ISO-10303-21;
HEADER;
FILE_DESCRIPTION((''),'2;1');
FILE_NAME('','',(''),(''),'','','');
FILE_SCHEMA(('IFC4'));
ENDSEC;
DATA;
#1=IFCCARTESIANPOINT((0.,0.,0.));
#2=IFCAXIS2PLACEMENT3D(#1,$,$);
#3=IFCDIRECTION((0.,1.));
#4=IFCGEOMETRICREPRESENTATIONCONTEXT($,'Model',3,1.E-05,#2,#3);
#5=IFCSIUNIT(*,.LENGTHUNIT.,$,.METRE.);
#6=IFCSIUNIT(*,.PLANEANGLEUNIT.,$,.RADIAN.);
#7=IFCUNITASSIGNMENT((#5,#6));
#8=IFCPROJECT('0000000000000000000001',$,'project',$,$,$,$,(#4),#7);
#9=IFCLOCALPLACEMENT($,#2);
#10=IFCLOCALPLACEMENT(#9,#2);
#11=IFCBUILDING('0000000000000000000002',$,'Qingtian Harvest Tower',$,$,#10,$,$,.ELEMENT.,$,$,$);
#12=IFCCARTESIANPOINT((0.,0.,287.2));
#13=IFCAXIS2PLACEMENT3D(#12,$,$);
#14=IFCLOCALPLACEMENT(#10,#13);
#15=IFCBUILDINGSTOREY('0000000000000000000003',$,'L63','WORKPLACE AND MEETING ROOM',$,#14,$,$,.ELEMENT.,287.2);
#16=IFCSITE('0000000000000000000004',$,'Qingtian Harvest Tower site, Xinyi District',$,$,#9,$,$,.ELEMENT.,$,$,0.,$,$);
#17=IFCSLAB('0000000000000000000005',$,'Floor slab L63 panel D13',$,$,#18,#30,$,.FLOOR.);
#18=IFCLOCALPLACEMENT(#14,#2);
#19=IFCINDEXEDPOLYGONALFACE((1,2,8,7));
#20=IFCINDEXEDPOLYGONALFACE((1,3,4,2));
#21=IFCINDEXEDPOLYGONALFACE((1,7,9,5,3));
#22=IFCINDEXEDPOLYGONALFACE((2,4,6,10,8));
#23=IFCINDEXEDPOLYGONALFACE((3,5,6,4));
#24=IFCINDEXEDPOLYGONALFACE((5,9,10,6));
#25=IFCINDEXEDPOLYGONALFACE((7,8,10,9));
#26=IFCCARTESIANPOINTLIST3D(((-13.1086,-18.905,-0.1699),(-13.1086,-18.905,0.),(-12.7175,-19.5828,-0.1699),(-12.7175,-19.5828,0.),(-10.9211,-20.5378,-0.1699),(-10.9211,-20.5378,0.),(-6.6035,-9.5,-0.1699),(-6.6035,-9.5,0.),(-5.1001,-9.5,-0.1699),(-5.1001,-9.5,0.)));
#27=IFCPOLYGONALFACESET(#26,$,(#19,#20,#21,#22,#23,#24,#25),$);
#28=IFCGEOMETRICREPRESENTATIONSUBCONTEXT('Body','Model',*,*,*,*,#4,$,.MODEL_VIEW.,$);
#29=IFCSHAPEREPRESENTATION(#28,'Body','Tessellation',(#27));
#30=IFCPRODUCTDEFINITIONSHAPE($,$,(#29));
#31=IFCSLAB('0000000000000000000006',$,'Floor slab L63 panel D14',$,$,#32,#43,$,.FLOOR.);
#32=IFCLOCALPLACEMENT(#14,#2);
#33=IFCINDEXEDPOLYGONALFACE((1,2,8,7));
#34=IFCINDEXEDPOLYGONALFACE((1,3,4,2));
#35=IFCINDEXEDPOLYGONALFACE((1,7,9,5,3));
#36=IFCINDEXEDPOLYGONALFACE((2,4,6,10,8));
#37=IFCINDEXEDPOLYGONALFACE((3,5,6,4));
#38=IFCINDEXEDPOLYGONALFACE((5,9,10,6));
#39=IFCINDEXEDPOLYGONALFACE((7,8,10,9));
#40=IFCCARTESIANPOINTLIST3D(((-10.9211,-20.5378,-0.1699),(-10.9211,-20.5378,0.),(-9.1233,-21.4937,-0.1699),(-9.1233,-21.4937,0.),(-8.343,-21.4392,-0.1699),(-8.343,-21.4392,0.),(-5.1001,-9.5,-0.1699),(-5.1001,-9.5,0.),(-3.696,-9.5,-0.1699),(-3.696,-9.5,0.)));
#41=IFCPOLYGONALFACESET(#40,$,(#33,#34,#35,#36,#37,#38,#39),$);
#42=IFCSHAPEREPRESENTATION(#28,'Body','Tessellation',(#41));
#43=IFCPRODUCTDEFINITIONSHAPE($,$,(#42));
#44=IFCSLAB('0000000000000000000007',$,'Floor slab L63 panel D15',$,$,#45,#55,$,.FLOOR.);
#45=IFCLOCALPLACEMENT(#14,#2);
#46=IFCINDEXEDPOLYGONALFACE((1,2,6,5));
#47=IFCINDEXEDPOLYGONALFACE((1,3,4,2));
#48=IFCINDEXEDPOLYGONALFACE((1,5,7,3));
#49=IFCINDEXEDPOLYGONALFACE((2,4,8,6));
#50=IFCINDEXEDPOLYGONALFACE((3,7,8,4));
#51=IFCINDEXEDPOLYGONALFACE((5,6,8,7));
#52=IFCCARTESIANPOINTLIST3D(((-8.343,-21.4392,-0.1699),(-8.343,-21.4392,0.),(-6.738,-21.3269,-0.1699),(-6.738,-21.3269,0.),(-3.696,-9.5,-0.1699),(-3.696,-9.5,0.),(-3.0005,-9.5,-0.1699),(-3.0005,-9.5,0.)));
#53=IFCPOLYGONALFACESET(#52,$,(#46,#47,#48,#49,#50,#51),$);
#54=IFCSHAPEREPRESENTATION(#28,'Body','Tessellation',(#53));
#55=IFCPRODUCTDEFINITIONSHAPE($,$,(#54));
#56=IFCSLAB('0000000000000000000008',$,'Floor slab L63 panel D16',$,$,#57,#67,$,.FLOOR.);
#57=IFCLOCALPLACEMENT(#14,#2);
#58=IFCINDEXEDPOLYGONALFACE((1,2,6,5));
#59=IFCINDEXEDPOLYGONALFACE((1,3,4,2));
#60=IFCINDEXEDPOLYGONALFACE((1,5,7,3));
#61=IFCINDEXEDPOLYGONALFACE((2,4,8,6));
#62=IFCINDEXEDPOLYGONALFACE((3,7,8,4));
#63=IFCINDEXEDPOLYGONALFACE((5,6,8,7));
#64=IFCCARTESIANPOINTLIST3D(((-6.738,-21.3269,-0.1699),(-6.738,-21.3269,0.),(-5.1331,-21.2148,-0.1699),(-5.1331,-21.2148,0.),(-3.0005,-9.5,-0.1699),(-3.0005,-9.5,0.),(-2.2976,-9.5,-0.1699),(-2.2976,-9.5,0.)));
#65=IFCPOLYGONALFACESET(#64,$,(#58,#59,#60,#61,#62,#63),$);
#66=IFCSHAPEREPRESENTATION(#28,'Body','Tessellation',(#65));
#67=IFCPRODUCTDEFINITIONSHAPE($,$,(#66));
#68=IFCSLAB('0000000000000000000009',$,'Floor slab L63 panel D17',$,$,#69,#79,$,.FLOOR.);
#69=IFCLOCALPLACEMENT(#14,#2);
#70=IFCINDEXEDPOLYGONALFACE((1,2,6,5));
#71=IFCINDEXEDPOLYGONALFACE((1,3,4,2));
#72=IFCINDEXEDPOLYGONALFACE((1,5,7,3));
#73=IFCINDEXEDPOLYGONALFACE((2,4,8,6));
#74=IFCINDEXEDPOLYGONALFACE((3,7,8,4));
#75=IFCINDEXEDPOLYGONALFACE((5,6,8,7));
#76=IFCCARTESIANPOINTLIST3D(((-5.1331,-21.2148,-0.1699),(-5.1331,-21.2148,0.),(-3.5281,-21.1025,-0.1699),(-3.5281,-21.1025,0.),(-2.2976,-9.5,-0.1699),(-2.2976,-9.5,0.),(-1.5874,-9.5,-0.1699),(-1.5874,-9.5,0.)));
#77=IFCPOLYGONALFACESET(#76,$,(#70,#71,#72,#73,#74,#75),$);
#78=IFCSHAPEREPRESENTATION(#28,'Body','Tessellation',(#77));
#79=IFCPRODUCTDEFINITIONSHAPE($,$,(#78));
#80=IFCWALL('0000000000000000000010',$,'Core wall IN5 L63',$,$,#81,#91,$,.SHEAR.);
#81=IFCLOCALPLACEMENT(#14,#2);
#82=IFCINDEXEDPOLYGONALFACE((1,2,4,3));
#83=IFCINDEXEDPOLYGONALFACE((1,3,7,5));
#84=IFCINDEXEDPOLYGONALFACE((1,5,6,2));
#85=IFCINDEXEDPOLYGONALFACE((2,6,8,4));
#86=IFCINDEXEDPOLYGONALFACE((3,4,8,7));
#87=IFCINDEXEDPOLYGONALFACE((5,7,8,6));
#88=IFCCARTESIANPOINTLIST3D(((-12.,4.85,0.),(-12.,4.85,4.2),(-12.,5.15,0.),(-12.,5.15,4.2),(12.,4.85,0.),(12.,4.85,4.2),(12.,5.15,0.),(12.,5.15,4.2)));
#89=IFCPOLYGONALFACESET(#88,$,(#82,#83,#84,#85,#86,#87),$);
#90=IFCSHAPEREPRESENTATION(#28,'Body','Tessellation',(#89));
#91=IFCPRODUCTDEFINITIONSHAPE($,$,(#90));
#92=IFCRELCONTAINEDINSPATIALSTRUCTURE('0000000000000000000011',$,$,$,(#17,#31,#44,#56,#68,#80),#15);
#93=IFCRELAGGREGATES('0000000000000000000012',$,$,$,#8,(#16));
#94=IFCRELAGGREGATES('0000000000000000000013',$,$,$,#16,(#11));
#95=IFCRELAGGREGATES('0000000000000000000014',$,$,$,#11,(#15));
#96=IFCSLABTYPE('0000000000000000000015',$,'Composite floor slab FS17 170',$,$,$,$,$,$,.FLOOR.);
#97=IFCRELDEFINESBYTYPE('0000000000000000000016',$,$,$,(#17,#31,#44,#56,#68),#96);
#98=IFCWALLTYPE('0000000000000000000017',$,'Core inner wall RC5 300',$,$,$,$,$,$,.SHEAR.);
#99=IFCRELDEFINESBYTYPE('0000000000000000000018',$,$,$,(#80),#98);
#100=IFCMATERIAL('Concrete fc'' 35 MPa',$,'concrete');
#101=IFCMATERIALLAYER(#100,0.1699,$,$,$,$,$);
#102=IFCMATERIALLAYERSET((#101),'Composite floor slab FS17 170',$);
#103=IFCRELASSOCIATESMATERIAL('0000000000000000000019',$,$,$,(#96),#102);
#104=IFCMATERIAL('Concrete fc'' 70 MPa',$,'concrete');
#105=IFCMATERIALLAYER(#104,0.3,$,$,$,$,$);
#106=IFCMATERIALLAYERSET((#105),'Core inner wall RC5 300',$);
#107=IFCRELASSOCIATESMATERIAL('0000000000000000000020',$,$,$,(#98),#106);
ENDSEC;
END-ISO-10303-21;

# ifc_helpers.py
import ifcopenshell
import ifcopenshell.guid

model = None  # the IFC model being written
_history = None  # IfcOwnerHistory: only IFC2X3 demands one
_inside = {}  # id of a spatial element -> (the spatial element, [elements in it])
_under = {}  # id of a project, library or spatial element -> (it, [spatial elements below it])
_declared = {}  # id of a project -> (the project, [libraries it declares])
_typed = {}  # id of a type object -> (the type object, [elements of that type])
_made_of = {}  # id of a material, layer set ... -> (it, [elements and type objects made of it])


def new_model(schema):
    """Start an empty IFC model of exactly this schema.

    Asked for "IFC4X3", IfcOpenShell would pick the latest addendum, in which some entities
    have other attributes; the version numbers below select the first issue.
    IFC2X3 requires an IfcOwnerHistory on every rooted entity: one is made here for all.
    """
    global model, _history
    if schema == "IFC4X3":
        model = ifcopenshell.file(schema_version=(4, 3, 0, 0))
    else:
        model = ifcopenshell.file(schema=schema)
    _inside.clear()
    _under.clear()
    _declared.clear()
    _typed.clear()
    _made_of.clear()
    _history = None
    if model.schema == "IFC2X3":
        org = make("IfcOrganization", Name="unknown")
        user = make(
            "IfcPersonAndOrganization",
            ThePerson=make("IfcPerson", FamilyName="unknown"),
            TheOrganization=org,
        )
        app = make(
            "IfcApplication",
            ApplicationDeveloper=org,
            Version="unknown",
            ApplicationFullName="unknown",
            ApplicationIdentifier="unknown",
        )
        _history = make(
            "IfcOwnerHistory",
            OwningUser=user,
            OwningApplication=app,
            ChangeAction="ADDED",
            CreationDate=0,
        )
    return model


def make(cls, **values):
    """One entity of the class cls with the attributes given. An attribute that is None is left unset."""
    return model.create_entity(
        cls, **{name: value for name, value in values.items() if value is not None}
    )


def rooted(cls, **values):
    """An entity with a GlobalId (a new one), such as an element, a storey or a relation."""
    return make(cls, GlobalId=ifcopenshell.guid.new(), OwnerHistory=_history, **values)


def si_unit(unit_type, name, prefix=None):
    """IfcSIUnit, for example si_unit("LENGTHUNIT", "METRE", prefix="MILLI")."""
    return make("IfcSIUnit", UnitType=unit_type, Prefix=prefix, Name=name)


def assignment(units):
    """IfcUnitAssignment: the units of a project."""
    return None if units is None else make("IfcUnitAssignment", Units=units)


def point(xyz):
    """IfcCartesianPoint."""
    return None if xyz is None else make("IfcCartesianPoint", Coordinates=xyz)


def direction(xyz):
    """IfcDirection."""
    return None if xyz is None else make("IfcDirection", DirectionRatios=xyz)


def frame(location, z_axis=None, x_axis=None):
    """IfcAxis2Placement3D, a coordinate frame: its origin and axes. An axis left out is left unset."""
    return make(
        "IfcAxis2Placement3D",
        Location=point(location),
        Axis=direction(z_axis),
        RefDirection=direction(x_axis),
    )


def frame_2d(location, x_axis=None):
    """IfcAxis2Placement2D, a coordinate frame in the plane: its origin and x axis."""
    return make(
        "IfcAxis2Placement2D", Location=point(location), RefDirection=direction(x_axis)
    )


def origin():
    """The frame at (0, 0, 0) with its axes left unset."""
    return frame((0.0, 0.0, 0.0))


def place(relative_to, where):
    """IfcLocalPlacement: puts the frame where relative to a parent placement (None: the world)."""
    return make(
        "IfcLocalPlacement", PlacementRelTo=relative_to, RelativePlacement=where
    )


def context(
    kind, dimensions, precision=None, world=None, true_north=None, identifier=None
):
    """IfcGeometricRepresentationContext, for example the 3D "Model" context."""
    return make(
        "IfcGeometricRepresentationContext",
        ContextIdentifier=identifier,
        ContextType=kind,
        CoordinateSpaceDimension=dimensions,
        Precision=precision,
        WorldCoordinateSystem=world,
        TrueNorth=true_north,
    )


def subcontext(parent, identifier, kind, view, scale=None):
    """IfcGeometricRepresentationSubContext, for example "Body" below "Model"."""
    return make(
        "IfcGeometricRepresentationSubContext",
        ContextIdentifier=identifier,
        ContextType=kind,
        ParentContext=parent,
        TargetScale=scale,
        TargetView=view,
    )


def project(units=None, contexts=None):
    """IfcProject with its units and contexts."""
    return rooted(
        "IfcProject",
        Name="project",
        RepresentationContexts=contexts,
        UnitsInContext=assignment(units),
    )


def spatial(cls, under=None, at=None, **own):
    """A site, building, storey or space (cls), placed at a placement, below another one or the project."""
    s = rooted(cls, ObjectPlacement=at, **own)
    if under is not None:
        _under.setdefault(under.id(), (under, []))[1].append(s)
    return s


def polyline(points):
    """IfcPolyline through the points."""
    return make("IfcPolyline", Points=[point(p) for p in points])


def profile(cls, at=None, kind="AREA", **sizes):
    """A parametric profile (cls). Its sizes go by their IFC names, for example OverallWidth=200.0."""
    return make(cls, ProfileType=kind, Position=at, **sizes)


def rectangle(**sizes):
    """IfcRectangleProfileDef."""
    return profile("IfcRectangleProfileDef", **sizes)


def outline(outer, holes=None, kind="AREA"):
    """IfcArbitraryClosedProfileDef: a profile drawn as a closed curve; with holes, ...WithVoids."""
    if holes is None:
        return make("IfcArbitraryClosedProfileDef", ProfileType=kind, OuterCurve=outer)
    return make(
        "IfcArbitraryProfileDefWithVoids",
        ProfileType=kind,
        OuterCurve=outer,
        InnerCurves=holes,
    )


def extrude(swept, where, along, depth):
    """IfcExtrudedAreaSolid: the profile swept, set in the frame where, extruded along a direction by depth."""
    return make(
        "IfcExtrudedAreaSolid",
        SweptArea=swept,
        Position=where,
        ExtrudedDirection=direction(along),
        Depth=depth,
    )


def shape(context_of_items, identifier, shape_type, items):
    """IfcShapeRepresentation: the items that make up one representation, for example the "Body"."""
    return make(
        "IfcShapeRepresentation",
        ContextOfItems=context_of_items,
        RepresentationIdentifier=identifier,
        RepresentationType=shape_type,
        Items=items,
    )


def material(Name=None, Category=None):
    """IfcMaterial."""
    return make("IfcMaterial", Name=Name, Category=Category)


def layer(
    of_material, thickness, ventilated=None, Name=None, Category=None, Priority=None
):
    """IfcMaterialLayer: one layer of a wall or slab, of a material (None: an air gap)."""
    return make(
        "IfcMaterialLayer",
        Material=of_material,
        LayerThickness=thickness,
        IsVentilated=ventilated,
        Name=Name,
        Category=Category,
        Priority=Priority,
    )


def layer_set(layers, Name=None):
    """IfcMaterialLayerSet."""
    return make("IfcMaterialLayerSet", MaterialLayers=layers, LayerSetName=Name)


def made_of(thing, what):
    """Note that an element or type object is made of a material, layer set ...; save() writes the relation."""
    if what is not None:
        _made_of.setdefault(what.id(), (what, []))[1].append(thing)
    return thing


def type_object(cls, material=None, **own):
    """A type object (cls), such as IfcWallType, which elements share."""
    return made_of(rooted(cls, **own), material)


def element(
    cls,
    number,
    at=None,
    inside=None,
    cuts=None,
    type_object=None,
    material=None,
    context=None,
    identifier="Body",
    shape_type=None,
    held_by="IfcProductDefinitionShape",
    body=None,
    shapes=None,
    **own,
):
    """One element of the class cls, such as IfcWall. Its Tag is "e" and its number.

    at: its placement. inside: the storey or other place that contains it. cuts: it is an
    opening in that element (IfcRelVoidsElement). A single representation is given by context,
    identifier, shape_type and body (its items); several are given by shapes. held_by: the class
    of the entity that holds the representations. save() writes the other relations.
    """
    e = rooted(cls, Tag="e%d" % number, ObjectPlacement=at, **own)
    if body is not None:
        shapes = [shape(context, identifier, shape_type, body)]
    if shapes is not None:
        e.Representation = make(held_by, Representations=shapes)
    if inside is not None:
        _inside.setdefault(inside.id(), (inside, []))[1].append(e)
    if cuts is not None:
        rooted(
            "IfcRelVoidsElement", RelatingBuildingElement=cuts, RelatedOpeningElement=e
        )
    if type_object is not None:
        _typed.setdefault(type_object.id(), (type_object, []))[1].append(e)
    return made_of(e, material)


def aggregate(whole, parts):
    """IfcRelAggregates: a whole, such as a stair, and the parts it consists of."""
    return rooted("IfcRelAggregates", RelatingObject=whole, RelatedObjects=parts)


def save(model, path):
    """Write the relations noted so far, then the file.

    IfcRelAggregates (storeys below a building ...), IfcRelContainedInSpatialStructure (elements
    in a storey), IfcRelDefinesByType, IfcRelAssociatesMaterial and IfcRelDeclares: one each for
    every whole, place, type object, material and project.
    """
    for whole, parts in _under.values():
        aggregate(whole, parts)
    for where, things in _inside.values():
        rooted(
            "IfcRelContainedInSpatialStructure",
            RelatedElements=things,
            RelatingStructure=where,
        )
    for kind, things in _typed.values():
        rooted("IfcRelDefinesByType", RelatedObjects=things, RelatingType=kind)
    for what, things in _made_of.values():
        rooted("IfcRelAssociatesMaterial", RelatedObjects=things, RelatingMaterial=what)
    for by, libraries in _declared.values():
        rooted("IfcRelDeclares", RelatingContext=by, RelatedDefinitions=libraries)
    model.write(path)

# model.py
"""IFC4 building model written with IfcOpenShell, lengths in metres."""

from ifc_helpers import new_model, si_unit, direction, frame, frame_2d, origin, place, context, subcontext, project, spatial, polyline, rectangle, outline, extrude, material, layer, layer_set, type_object, element, save


model = new_model("IFC4")

# Units and contexts
model_context = context("Model", 3, precision=1e-05, world=origin(), true_north=direction((0.0, 1.0)))
body_context = subcontext(model_context, "Body", "Model", "MODEL_VIEW")
ifc_project = project(units=[si_unit("LENGTHUNIT", "METRE"), si_unit("PLANEANGLEUNIT", "RADIAN")], contexts=[model_context])

# Site, building, storey
site_placement = place(None, origin())
site = spatial("IfcSite", under=ifc_project, at=site_placement, Name="Qingtian Harvest Tower site, Xinyi District", CompositionType="ELEMENT", RefElevation=0.0)
building_placement = place(site_placement, origin())
building = spatial("IfcBuilding", under=site, at=building_placement, Name="Qingtian Harvest Tower", CompositionType="ELEMENT")
storey_placement = place(building_placement, frame((0.0, 0.0, 287.2)))
storey = spatial("IfcBuildingStorey", under=building, at=storey_placement, Name="L63", Description="WORKPLACE AND MEETING ROOM", CompositionType="ELEMENT", Elevation=287.2)

# Slabs
ifc_material_1 = material(Name="Concrete fc' 35 MPa", Category="concrete")
ifc_layer_1 = layer(ifc_material_1, 0.1699)
ifc_layer_set_1 = layer_set([ifc_layer_1], Name="Composite floor slab FS17 170")
slab_type = type_object("IfcSlabType", Name="Composite floor slab FS17 170", PredefinedType="FLOOR", material=ifc_layer_set_1)
slab_1_placement = place(storey_placement, frame((0.0, 0.0, -0.1699)))
element("IfcSlab", 1, at=slab_1_placement, inside=storey, type_object=slab_type, Name="Floor slab L63 panel D13", PredefinedType="FLOOR", context=body_context, shape_type="SweptSolid", body=[
    extrude(outline(polyline([(-6.6035, -9.5), (-5.1001, -9.5), (-10.9211, -20.5378), (-12.7175, -19.5828), (-13.1086, -18.905), (-6.6035, -9.5)])), origin(), (0.0, 0.0, 1.0), 0.1699),
])
slab_2_placement = place(storey_placement, frame((0.0, 0.0, -0.1699)))
element("IfcSlab", 2, at=slab_2_placement, inside=storey, type_object=slab_type, Name="Floor slab L63 panel D14", PredefinedType="FLOOR", context=body_context, shape_type="SweptSolid", body=[
    extrude(outline(polyline([(-5.1001, -9.5), (-3.696, -9.5), (-8.343, -21.4392), (-9.1233, -21.4937), (-10.9211, -20.5378), (-5.1001, -9.5)])), origin(), (0.0, 0.0, 1.0), 0.1699),
])
slab_3_placement = place(storey_placement, frame((0.0, 0.0, -0.1699)))
element("IfcSlab", 3, at=slab_3_placement, inside=storey, type_object=slab_type, Name="Floor slab L63 panel D15", PredefinedType="FLOOR", context=body_context, shape_type="SweptSolid", body=[
    extrude(outline(polyline([(-3.0005, -9.5), (-6.738, -21.3269), (-8.343, -21.4392), (-3.696, -9.5), (-3.0005, -9.5)])), origin(), (0.0, 0.0, 1.0), 0.1699),
])
slab_4_placement = place(storey_placement, frame((0.0, 0.0, -0.1699)))
element("IfcSlab", 4, at=slab_4_placement, inside=storey, type_object=slab_type, Name="Floor slab L63 panel D16", PredefinedType="FLOOR", context=body_context, shape_type="SweptSolid", body=[
    extrude(outline(polyline([(-2.2976, -9.5), (-5.1331, -21.2148), (-6.738, -21.3269), (-3.0005, -9.5), (-2.2976, -9.5)])), origin(), (0.0, 0.0, 1.0), 0.1699),
])
slab_5_placement = place(storey_placement, frame((0.0, 0.0, -0.1699)))
element("IfcSlab", 5, at=slab_5_placement, inside=storey, type_object=slab_type, Name="Floor slab L63 panel D17", PredefinedType="FLOOR", context=body_context, shape_type="SweptSolid", body=[
    extrude(outline(polyline([(-1.5874, -9.5), (-3.5281, -21.1025), (-5.1331, -21.2148), (-2.2976, -9.5), (-1.5874, -9.5)])), origin(), (0.0, 0.0, 1.0), 0.1699),
])

# Wall
ifc_material_2 = material(Name="Concrete fc' 70 MPa", Category="concrete")
ifc_layer_2 = layer(ifc_material_2, 0.3)
ifc_layer_set_2 = layer_set([ifc_layer_2], Name="Core inner wall RC5 300")
wall_type_1 = type_object("IfcWallType", Name="Core inner wall RC5 300", PredefinedType="SHEAR", material=ifc_layer_set_2)
wall_1_placement = place(storey_placement, frame((-12.0, 5.0, 0.0), z_axis=(0.0, 0.0, 1.0), x_axis=(1.0, 0.0, 0.0)))
element("IfcWall", 6, at=wall_1_placement, inside=storey, type_object=wall_type_1, Name="Core wall IN5 L63", PredefinedType="SHEAR", context=body_context, shape_type="SweptSolid", body=[
    extrude(rectangle(XDim=24.0, YDim=0.3, at=frame_2d((12.0, 0.0))), origin(), (0.0, 0.0, 1.0), 4.2),
])

save(model, "model.ifc")
